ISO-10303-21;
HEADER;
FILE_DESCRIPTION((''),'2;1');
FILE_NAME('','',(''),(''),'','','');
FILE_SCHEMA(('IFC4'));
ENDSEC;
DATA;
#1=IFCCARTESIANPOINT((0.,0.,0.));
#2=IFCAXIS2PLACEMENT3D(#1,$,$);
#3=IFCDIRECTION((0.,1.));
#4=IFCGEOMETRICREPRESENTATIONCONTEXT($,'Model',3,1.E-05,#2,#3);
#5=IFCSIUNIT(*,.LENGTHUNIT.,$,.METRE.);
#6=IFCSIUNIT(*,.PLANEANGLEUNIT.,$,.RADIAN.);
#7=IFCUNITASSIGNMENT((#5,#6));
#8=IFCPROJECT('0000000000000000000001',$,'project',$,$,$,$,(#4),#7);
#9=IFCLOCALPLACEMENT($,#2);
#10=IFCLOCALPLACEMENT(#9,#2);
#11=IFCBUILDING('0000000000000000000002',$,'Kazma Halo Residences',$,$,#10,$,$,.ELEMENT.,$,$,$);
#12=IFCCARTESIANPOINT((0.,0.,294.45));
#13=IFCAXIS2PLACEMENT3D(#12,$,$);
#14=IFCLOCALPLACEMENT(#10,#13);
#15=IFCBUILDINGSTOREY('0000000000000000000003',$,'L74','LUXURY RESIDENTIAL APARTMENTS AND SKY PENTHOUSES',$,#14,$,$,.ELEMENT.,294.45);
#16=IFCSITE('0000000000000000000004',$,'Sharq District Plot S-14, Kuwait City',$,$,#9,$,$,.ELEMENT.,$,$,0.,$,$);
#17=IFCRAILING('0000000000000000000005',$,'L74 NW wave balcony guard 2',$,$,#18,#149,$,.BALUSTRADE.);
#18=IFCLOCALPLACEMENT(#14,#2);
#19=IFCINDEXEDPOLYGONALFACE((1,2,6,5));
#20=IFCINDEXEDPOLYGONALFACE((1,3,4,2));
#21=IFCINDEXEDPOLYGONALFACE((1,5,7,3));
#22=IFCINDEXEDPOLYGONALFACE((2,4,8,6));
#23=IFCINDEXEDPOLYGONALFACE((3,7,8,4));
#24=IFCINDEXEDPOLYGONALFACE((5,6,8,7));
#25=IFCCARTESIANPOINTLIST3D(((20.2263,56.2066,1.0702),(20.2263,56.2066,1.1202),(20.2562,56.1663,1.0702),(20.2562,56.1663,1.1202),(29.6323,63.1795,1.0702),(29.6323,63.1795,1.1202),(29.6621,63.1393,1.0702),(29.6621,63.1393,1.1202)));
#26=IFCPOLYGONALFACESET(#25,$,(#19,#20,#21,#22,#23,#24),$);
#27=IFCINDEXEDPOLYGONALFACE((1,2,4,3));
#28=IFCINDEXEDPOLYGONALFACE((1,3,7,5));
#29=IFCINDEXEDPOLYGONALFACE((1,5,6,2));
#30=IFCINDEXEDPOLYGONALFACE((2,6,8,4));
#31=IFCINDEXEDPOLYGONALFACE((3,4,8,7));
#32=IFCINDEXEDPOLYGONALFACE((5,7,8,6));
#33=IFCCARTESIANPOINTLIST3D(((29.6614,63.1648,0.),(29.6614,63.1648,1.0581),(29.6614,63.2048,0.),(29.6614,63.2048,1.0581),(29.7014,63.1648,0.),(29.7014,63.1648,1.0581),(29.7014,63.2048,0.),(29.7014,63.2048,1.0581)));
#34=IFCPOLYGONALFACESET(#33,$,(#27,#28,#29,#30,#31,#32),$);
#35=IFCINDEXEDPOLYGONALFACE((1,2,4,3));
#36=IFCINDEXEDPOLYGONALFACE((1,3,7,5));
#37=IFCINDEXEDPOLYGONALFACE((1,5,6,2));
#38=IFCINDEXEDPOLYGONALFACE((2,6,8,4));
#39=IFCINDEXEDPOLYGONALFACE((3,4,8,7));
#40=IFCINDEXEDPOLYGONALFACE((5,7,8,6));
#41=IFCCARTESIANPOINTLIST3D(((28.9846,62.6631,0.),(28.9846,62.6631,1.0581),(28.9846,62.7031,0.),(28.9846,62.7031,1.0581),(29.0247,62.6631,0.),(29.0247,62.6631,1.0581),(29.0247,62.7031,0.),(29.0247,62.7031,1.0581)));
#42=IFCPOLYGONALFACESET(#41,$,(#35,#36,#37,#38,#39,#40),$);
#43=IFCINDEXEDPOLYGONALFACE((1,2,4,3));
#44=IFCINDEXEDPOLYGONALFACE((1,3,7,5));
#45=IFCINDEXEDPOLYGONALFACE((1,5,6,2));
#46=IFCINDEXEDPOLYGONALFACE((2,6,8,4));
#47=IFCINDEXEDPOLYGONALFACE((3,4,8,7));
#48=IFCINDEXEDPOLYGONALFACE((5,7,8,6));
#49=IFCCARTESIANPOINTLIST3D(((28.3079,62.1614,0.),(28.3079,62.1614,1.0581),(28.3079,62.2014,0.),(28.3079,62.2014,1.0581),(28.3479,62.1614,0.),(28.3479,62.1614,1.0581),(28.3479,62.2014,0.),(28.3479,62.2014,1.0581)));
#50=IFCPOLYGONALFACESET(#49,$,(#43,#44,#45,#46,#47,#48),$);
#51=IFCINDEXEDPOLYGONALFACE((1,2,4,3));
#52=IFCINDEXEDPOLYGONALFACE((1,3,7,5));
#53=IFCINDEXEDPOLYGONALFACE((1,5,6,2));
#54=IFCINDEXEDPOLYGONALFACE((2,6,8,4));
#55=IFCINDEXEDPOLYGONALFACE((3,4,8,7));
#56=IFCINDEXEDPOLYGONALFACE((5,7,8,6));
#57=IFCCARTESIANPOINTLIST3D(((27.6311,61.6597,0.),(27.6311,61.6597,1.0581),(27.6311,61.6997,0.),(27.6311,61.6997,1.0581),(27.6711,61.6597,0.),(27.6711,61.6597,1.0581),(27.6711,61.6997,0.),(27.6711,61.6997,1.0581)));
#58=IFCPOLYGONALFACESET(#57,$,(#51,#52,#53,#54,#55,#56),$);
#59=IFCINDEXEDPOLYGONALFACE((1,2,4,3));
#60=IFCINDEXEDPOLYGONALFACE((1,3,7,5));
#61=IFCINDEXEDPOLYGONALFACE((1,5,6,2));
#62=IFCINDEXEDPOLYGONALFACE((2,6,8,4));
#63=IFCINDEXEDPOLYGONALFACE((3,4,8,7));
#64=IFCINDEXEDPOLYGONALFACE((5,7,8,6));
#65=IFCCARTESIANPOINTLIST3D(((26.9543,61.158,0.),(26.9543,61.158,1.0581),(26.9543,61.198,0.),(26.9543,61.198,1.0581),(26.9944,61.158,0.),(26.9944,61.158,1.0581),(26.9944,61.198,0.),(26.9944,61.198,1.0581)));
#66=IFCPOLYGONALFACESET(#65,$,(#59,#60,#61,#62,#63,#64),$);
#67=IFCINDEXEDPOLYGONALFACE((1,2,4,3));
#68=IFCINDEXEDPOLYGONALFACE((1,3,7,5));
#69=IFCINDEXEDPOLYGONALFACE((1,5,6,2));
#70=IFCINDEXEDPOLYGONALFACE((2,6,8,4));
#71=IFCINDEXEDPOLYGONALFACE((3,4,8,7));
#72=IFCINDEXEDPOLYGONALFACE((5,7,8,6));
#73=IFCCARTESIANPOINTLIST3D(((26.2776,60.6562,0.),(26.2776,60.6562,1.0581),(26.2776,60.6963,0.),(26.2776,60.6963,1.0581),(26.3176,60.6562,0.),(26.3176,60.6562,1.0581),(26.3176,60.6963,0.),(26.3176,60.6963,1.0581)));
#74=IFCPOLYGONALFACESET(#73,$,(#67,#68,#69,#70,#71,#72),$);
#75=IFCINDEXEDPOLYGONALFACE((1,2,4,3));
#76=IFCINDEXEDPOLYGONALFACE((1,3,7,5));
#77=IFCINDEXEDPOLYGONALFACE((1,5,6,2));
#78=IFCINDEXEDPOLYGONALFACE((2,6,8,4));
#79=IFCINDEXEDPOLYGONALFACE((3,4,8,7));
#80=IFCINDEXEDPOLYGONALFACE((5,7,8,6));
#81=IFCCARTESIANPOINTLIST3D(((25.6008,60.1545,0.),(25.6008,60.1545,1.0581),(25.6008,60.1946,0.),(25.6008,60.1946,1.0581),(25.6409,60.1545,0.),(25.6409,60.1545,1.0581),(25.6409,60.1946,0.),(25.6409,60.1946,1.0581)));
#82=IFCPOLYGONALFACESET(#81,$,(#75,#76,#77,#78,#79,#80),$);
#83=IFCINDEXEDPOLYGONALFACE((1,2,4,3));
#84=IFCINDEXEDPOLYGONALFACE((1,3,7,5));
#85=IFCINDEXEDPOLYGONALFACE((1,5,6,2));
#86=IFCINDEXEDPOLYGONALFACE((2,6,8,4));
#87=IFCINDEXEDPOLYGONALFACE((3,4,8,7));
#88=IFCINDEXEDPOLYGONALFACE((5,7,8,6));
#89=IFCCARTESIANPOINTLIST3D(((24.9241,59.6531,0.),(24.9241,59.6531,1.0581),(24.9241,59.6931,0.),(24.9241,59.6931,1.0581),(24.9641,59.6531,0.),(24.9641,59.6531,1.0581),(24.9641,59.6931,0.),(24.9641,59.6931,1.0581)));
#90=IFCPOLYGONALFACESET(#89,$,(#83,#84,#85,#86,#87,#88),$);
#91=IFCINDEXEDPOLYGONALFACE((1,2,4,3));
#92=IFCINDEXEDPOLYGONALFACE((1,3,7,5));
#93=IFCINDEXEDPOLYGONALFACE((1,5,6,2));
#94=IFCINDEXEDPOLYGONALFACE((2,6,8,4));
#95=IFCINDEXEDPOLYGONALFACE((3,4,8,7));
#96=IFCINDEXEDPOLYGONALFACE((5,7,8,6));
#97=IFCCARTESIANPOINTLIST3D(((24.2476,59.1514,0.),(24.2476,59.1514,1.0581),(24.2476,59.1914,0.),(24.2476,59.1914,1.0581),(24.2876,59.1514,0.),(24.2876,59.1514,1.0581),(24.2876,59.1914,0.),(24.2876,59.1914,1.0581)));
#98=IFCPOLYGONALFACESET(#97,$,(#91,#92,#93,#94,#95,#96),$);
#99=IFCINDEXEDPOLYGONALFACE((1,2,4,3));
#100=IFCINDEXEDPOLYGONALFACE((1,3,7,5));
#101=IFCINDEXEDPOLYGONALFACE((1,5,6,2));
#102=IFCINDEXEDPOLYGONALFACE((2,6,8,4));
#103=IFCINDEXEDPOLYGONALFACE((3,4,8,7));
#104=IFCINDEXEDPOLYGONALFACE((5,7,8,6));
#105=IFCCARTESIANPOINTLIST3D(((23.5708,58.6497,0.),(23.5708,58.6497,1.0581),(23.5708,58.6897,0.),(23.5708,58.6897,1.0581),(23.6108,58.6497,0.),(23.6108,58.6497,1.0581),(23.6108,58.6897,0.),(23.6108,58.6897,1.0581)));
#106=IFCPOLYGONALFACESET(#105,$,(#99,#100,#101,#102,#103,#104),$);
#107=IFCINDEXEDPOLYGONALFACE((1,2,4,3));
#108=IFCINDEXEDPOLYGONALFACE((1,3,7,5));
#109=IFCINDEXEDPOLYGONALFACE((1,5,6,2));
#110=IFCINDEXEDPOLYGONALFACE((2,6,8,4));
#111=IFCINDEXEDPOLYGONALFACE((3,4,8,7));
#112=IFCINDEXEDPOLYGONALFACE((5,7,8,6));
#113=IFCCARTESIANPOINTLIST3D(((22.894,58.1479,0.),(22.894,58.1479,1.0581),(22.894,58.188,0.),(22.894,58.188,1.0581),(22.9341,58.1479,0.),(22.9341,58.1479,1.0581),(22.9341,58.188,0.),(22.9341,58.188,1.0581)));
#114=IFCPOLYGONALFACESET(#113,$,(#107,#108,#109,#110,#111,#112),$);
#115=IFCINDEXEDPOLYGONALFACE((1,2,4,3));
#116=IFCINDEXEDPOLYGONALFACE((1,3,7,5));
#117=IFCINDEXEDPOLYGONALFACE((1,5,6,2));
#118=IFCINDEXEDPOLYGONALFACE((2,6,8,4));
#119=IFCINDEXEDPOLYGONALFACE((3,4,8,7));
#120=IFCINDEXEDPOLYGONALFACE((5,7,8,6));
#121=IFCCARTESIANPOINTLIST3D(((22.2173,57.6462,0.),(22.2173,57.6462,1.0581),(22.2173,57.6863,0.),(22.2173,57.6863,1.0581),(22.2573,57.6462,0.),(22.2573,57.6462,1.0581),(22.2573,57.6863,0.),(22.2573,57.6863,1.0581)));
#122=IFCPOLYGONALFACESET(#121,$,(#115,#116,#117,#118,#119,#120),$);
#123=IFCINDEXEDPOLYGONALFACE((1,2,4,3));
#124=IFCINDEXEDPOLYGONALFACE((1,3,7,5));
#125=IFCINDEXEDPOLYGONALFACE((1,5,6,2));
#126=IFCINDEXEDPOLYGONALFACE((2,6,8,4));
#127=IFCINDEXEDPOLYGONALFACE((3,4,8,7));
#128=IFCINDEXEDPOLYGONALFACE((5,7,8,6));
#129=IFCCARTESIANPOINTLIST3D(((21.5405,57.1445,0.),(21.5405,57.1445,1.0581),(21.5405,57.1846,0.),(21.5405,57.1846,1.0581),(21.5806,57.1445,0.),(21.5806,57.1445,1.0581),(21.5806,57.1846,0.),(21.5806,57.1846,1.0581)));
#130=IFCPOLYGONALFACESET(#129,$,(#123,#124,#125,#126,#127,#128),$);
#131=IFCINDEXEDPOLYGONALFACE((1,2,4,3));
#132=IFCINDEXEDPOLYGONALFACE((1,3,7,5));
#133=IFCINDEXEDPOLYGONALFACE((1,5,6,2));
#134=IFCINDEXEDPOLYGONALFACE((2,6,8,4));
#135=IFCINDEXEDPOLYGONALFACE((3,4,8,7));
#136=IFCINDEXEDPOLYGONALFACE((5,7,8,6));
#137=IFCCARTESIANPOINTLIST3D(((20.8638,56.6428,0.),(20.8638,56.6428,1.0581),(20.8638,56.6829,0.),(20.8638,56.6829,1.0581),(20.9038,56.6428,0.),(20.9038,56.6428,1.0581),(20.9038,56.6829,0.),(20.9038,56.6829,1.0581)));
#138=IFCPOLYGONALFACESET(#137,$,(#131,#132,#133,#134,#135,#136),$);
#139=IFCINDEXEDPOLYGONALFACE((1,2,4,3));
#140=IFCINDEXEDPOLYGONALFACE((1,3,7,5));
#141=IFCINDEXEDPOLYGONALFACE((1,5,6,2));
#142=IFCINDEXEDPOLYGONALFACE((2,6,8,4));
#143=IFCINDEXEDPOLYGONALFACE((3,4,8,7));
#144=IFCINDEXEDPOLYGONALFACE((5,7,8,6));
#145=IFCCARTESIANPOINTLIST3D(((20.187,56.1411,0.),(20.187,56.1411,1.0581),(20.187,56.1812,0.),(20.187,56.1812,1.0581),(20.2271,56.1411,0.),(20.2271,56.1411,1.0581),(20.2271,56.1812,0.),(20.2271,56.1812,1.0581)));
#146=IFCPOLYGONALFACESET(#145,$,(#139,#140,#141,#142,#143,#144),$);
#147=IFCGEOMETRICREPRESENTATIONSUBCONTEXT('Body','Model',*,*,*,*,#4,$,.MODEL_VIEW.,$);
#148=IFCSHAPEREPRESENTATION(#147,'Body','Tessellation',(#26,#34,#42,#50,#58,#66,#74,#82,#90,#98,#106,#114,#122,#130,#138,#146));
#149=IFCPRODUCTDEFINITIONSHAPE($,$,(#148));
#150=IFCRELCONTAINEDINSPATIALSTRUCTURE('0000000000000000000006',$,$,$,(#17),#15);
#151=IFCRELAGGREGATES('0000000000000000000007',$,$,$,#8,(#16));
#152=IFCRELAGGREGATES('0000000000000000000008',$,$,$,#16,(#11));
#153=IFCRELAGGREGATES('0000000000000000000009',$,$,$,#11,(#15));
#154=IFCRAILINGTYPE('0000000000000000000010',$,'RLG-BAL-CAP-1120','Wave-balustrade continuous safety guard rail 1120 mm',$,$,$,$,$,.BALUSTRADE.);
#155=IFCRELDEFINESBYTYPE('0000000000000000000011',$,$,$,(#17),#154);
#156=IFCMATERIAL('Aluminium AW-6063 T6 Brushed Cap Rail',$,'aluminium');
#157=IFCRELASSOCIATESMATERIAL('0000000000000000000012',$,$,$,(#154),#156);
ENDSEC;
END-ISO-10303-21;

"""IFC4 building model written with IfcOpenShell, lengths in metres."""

from ifc_helpers import new_model, si_unit, direction, frame, origin, origin_2d, place, context, subcontext, project, spatial, rectangle, extrude, material, type_object, element, save


model = new_model("IFC4")

# Units and contexts
model_context = context("Model", 3, precision=1e-05, world=origin(), true_north=direction((0.0, 1.0)))
body_context = subcontext(model_context, "Body", "Model", "MODEL_VIEW")
ifc_project = project(units=[si_unit("LENGTHUNIT", "METRE"), si_unit("PLANEANGLEUNIT", "RADIAN")], contexts=[model_context])

# Site, building, storey
site_placement = place(None, origin())
site = spatial("IfcSite", under=ifc_project, at=site_placement, Name="Sharq District Plot S-14, Kuwait City", CompositionType="ELEMENT", RefElevation=0.0)
building_placement = place(site_placement, origin())
building = spatial("IfcBuilding", under=site, at=building_placement, Name="Kazma Halo Residences", CompositionType="ELEMENT")
storey_placement = place(building_placement, frame((0.0, 0.0, 294.45)))
storey = spatial("IfcBuildingStorey", under=building, at=storey_placement, Name="L74", Description="LUXURY RESIDENTIAL APARTMENTS AND SKY PENTHOUSES", CompositionType="ELEMENT", Elevation=294.45)

# Railing
ifc_material_1 = material(Name="Aluminium AW-6063 T6 Brushed Cap Rail", Category="aluminium")
railing_type = type_object("IfcRailingType", Name="RLG-BAL-CAP-1120", Description="Wave-balustrade continuous safety guard rail 1120 mm", PredefinedType="BALUSTRADE", material=ifc_material_1)
railing_1_placement = place(storey_placement, frame((29.6814, 63.1848, 0.0)))
element("IfcRailing", 1, at=railing_1_placement, inside=storey, type_object=railing_type, Name="L74 NW wave balcony guard 2", PredefinedType="BALUSTRADE", context=body_context, shape_type="SweptSolid", body=[
    extrude(rectangle(XDim=0.05, YDim=0.05, at=origin_2d()), frame((-0.0342, -0.0254, 1.0952), z_axis=(-0.803329, -0.595536, 0.0), x_axis=(0.595536, -0.803329, 0.0)), (0.0, 0.0, 1.0), 11.7087),
    extrude(rectangle(XDim=0.04, YDim=0.04, at=origin_2d()), origin(), (0.0, 0.0, 1.0), 1.0581),
    extrude(rectangle(XDim=0.04, YDim=0.04, at=origin_2d()), frame((-0.6768, -0.5017, 0.0)), (0.0, 0.0, 1.0), 1.0581),
    extrude(rectangle(XDim=0.04, YDim=0.04, at=origin_2d()), frame((-1.3535, -1.0034, 0.0)), (0.0, 0.0, 1.0), 1.0581),
    extrude(rectangle(XDim=0.04, YDim=0.04, at=origin_2d()), frame((-2.0303, -1.5051, 0.0)), (0.0, 0.0, 1.0), 1.0581),
    extrude(rectangle(XDim=0.04, YDim=0.04, at=origin_2d()), frame((-2.707, -2.0068, 0.0)), (0.0, 0.0, 1.0), 1.0581),
    extrude(rectangle(XDim=0.04, YDim=0.04, at=origin_2d()), frame((-3.3838, -2.5085, 0.0)), (0.0, 0.0, 1.0), 1.0581),
    extrude(rectangle(XDim=0.04, YDim=0.04, at=origin_2d()), frame((-4.0605, -3.0103, 0.0)), (0.0, 0.0, 1.0), 1.0581),
    extrude(rectangle(XDim=0.04, YDim=0.04, at=origin_2d()), frame((-4.7373, -3.5117, 0.0)), (0.0, 0.0, 1.0), 1.0581),
    extrude(rectangle(XDim=0.04, YDim=0.04, at=origin_2d()), frame((-5.4138, -4.0134, 0.0)), (0.0, 0.0, 1.0), 1.0581),
    extrude(rectangle(XDim=0.04, YDim=0.04, at=origin_2d()), frame((-6.0906, -4.5151, 0.0)), (0.0, 0.0, 1.0), 1.0581),
    extrude(rectangle(XDim=0.04, YDim=0.04, at=origin_2d()), frame((-6.7673, -5.0168, 0.0)), (0.0, 0.0, 1.0), 1.0581),
    extrude(rectangle(XDim=0.04, YDim=0.04, at=origin_2d()), frame((-7.4441, -5.5186, 0.0)), (0.0, 0.0, 1.0), 1.0581),
    extrude(rectangle(XDim=0.04, YDim=0.04, at=origin_2d()), frame((-8.1208, -6.0203, 0.0)), (0.0, 0.0, 1.0), 1.0581),
    extrude(rectangle(XDim=0.04, YDim=0.04, at=origin_2d()), frame((-8.7976, -6.522, 0.0)), (0.0, 0.0, 1.0), 1.0581),
    extrude(rectangle(XDim=0.04, YDim=0.04, at=origin_2d()), frame((-9.4744, -7.0237, 0.0)), (0.0, 0.0, 1.0), 1.0581),
])

save(model, "model.ifc")
